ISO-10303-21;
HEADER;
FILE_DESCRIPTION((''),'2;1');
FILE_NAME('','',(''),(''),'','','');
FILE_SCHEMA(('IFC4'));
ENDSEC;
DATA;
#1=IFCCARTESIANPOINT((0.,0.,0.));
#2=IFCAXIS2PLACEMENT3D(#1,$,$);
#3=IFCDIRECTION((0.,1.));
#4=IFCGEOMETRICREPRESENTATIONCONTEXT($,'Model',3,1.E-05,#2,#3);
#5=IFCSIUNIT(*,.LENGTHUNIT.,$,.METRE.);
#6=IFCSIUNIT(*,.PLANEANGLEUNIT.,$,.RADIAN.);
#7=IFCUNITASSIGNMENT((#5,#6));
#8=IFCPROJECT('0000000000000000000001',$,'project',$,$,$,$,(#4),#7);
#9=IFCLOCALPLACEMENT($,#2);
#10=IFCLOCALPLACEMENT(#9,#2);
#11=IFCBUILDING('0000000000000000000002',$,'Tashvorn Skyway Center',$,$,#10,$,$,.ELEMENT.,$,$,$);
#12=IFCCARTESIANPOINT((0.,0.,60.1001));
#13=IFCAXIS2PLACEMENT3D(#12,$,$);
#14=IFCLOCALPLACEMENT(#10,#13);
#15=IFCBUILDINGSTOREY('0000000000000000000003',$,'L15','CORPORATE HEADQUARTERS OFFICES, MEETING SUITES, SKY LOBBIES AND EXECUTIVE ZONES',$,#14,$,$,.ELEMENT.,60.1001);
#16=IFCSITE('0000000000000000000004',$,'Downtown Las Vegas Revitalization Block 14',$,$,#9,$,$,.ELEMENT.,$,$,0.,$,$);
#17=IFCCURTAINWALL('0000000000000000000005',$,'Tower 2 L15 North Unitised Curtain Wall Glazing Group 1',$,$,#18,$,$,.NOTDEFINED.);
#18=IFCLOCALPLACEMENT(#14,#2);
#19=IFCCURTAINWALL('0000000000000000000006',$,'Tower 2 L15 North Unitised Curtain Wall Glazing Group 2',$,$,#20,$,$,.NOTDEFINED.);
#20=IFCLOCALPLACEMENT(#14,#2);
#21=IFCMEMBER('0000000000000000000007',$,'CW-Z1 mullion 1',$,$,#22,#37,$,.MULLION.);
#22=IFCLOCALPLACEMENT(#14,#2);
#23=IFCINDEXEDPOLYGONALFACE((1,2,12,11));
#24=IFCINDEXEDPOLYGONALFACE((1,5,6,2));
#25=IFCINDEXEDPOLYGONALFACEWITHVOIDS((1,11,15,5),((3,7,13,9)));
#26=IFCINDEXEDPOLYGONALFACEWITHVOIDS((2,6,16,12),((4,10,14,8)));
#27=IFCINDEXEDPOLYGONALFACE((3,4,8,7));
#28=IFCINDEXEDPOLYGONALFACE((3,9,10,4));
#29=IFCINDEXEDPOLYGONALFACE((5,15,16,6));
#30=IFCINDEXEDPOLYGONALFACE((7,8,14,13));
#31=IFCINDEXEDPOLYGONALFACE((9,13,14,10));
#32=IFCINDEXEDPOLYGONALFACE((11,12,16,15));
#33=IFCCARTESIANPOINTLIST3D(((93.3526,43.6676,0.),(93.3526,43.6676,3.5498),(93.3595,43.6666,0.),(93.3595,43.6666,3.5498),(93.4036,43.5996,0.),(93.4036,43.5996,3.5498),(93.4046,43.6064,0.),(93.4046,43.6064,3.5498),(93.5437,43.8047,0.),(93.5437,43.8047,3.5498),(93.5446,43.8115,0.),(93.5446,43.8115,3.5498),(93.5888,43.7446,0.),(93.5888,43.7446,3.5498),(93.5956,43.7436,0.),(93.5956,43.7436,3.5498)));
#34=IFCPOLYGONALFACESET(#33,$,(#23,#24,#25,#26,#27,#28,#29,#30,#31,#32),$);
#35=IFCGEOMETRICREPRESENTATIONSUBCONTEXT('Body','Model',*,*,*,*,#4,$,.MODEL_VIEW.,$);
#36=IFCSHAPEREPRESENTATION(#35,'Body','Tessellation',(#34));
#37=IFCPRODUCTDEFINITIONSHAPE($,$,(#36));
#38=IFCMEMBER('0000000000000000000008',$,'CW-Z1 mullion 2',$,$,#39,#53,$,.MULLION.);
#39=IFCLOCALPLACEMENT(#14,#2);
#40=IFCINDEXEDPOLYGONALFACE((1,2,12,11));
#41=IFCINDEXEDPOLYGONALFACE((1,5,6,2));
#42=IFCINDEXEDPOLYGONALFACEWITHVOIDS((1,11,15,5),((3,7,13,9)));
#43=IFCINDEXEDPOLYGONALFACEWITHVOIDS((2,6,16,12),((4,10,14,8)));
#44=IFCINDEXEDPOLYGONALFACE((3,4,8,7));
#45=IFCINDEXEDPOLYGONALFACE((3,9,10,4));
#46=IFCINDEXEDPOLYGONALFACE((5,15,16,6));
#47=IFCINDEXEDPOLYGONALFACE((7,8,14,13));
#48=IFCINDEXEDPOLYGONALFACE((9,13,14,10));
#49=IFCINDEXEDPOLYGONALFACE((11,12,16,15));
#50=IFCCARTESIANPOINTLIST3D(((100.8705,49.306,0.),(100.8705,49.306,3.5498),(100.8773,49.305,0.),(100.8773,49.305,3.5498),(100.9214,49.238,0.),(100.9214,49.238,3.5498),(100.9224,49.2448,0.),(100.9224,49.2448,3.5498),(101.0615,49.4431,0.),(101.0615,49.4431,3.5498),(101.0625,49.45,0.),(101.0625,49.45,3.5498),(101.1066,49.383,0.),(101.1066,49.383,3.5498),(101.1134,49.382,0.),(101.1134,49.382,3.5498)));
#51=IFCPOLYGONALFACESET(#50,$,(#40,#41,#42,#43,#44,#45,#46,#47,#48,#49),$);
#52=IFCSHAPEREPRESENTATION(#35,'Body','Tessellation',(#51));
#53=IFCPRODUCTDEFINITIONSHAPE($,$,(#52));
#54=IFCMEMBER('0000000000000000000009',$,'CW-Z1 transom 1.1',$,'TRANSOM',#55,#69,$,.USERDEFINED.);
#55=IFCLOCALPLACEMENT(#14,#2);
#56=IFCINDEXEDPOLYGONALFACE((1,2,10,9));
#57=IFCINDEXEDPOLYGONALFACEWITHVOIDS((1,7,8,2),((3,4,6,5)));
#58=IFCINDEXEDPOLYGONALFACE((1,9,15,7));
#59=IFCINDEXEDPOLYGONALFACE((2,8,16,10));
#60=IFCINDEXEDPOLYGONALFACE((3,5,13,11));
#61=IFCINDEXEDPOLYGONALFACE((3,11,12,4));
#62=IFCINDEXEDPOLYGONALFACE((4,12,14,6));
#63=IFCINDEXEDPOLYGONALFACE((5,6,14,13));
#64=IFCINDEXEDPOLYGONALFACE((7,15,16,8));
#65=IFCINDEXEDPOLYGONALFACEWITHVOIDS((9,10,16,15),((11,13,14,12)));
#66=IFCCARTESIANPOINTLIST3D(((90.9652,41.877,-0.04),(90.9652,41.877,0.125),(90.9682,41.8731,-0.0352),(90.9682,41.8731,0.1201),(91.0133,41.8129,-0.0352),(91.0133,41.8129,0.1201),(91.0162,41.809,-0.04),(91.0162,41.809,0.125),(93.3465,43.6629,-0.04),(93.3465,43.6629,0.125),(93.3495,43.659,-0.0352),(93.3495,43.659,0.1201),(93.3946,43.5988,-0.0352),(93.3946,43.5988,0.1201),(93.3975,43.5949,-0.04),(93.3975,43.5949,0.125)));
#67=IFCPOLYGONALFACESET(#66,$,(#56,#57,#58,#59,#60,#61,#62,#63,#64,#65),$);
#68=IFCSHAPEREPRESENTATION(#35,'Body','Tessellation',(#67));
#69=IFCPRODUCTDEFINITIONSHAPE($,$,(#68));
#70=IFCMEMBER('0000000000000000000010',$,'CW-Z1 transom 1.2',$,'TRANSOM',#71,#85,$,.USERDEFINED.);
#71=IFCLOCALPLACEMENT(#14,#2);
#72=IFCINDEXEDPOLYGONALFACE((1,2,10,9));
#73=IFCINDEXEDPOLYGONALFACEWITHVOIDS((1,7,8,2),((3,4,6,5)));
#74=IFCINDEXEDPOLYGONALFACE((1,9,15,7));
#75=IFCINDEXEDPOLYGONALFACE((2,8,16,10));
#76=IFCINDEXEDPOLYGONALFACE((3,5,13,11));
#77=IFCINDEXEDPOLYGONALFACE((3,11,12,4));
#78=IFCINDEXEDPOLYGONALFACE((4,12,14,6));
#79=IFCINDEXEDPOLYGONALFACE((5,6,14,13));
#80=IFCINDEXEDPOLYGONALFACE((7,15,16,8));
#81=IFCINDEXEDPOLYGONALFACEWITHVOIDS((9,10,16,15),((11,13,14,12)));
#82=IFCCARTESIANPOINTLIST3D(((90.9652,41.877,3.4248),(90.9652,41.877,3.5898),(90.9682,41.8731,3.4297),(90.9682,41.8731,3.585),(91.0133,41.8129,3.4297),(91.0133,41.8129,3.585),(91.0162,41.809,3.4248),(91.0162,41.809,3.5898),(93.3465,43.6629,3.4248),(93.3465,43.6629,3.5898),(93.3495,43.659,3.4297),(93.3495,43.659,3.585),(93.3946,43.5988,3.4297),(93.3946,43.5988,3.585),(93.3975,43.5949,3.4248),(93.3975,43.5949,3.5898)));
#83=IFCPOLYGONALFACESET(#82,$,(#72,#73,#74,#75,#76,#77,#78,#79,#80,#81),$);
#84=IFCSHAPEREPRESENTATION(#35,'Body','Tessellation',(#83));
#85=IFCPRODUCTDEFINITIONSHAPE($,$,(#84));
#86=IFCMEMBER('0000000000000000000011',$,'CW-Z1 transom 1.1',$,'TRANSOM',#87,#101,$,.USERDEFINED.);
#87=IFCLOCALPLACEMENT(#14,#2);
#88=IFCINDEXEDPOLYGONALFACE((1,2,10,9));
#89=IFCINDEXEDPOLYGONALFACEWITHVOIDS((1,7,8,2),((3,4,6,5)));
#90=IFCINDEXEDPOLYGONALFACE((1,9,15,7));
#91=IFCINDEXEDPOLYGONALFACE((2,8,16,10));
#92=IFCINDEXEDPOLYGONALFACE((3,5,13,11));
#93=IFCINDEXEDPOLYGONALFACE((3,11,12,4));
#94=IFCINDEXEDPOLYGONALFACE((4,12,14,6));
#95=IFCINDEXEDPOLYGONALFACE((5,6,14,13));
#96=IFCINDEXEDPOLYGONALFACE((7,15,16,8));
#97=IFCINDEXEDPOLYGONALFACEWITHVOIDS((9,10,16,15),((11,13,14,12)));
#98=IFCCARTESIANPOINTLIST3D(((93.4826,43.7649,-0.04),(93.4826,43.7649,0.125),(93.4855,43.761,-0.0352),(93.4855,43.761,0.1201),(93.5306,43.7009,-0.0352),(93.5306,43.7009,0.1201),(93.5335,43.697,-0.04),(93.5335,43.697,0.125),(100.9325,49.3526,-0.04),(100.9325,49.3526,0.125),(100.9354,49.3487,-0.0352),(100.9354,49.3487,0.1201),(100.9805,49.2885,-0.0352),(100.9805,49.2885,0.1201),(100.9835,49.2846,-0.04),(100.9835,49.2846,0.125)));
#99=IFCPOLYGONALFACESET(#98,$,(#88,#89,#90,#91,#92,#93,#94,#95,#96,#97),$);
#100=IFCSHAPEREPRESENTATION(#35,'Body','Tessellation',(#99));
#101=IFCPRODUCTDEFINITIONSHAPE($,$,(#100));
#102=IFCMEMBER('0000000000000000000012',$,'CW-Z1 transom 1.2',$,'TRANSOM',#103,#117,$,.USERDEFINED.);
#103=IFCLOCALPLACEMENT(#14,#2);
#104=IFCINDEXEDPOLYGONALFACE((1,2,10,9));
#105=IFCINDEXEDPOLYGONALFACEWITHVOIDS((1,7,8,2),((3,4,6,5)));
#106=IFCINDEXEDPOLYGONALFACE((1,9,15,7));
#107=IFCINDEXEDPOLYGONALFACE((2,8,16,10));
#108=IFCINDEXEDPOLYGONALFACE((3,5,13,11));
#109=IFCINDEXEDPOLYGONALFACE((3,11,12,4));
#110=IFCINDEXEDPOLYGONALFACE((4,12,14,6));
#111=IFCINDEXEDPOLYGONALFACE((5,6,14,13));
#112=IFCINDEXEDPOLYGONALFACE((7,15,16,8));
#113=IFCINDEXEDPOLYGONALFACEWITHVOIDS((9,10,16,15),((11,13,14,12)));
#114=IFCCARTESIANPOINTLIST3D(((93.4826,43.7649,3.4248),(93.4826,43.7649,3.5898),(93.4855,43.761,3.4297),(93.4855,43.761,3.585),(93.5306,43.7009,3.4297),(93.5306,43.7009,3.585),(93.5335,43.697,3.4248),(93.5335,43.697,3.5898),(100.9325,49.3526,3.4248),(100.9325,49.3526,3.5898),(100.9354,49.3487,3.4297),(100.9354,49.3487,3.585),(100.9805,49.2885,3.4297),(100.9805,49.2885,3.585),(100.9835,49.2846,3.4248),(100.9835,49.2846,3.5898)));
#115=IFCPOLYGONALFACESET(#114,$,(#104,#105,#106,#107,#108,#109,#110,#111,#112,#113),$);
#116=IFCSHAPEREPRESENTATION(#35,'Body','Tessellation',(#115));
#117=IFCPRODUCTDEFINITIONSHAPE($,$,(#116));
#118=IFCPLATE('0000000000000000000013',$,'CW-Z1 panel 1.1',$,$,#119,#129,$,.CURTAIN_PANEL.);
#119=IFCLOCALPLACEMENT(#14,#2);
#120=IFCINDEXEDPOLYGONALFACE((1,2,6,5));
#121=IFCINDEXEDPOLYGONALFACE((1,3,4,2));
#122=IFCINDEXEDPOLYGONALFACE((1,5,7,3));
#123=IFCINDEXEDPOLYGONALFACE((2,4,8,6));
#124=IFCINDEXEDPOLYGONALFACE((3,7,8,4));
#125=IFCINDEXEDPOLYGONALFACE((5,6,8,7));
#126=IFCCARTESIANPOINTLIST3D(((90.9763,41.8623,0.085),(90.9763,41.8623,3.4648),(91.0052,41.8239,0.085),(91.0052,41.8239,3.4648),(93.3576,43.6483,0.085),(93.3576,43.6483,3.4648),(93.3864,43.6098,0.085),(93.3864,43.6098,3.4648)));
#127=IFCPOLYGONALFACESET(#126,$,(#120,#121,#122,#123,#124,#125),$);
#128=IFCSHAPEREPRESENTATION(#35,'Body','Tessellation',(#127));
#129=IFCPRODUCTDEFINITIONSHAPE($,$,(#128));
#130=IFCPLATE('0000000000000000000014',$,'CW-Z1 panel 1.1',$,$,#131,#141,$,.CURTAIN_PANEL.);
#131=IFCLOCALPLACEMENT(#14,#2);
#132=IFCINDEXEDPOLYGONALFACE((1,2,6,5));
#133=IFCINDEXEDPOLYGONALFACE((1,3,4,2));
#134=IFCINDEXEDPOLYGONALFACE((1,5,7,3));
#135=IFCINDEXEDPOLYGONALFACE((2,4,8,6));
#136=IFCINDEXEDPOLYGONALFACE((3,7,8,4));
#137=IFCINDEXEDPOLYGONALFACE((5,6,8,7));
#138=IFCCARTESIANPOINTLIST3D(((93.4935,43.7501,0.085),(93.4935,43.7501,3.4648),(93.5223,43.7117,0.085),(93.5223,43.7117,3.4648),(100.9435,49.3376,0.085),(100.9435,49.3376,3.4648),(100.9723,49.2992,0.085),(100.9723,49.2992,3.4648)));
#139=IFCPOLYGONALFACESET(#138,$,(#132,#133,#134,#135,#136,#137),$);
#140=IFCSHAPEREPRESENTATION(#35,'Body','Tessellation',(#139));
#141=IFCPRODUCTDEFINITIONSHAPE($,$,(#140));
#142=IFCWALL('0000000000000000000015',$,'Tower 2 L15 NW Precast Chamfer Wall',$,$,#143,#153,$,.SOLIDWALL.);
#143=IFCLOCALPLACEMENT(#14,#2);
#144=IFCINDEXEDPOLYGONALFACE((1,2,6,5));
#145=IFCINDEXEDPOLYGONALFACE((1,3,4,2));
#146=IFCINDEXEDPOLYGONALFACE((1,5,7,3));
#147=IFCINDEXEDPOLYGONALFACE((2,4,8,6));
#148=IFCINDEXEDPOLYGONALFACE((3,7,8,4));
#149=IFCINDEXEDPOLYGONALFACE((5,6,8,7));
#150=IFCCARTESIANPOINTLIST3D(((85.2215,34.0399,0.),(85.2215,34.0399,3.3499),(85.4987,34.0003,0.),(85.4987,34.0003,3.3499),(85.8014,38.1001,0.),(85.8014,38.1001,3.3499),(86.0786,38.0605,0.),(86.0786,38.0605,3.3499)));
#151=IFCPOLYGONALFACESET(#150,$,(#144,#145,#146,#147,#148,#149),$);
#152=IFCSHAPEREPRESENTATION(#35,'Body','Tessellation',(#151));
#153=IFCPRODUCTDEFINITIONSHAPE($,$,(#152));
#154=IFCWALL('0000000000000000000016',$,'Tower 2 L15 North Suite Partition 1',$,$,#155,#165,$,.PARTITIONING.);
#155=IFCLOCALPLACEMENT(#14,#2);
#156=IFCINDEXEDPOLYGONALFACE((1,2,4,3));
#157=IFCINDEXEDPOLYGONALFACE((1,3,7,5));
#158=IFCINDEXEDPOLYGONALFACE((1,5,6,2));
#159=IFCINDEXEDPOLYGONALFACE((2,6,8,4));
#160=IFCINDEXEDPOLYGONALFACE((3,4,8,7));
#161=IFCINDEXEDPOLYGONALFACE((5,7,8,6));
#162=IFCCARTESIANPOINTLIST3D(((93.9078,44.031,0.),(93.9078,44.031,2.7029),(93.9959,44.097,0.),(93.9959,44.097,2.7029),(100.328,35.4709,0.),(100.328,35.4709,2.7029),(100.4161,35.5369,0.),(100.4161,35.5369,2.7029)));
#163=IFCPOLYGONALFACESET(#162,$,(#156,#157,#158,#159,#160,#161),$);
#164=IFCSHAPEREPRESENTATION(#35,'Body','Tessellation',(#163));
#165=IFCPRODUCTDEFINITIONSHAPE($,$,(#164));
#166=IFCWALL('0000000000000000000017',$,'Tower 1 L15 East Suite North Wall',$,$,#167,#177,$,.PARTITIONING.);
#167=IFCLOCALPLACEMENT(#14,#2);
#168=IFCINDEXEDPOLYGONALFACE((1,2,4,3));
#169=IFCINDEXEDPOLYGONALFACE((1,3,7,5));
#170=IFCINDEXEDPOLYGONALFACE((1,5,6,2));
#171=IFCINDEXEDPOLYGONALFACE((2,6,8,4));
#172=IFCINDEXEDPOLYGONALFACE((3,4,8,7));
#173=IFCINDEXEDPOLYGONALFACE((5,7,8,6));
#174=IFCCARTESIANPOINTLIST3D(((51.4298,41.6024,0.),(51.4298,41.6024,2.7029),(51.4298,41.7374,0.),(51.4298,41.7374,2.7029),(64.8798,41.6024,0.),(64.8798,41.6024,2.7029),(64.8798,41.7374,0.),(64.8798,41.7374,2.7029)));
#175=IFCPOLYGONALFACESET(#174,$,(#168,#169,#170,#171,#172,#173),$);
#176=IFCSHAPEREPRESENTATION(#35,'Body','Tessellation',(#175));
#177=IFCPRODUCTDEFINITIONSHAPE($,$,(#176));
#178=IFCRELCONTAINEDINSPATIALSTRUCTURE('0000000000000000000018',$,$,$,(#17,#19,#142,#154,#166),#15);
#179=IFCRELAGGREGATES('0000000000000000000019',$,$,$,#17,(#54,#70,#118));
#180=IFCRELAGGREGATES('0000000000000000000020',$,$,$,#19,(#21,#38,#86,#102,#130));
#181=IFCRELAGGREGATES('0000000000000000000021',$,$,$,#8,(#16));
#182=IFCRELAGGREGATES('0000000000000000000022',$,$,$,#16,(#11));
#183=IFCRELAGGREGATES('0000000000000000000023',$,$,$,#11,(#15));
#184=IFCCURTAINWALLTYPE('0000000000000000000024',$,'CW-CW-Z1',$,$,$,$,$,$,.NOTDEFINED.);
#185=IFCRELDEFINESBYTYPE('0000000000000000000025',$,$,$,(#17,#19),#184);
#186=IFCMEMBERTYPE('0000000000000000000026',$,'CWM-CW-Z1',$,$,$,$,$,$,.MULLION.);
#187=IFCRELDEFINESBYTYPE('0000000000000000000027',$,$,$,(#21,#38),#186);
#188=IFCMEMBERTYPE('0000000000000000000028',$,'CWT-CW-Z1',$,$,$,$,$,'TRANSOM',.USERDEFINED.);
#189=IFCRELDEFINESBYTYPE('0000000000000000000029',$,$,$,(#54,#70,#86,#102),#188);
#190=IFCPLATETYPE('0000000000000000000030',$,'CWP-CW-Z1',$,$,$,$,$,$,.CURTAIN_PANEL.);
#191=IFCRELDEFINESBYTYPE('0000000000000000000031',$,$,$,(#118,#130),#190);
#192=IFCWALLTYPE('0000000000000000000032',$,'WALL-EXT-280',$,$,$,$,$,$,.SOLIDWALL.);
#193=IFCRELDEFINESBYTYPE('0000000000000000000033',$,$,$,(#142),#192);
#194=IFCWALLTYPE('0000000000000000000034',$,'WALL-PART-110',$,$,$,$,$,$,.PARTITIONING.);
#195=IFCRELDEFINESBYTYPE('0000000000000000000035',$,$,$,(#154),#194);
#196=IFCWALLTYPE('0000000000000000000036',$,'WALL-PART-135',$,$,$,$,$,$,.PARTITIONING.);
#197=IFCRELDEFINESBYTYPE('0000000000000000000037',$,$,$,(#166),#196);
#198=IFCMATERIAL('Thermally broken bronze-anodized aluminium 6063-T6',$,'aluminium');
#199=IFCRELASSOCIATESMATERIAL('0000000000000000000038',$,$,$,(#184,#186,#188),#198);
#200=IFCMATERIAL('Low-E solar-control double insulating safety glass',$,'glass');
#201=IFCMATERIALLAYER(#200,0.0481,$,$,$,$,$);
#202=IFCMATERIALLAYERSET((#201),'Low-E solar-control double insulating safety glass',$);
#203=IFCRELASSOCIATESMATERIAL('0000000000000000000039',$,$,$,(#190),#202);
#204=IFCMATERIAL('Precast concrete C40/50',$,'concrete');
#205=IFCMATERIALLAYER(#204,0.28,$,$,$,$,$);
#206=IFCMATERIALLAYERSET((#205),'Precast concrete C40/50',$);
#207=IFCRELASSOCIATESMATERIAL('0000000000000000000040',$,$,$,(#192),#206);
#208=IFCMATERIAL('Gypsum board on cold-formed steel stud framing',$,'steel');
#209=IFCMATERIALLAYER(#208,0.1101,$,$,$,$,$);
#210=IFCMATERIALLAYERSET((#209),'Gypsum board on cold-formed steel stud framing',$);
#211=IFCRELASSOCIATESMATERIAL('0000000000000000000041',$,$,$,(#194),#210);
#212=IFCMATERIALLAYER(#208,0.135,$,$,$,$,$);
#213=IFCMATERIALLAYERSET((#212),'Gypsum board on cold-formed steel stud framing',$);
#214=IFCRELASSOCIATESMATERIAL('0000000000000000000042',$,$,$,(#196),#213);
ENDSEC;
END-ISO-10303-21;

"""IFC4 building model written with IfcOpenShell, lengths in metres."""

from ifc_helpers import new_model, si_unit, direction, frame, frame_2d, origin, origin_2d, place, context, subcontext, project, spatial, rectangle, hollow_rectangle, extrude, material, layer, layer_set, material_profile, profile_set, type_object, element, aggregate, save


model = new_model("IFC4")

# Units and contexts
model_context = context("Model", 3, precision=1e-05, world=origin(), true_north=direction((0.0, 1.0)))
body_context = subcontext(model_context, "Body", "Model", "MODEL_VIEW")
ifc_project = project(units=[si_unit("LENGTHUNIT", "METRE"), si_unit("PLANEANGLEUNIT", "RADIAN")], contexts=[model_context])

# Site, building, storey
site_placement = place(None, origin())
site = spatial("IfcSite", under=ifc_project, at=site_placement, Name="Downtown Las Vegas Revitalization Block 14", CompositionType="ELEMENT", RefElevation=0.0)
building_placement = place(site_placement, origin())
building = spatial("IfcBuilding", under=site, at=building_placement, Name="Tashvorn Skyway Center", CompositionType="ELEMENT")
storey_placement = place(building_placement, frame((0.0, 0.0, 60.1001)))
storey = spatial("IfcBuildingStorey", under=building, at=storey_placement, Name="L15", Description="CORPORATE HEADQUARTERS OFFICES, MEETING SUITES, SKY LOBBIES AND EXECUTIVE ZONES", CompositionType="ELEMENT", Elevation=60.1001)

# Shared definitions
ifc_material_1 = material(Name="Thermally broken bronze-anodized aluminium 6063-T6", Category="aluminium")
curtain_wall_type = type_object("IfcCurtainWallType", Name="CW-CW-Z1", PredefinedType="NOTDEFINED", material=ifc_material_1)
ifc_material_profile_1 = material_profile(ifc_material_1, hollow_rectangle(XDim=0.085, YDim=0.24, WallThickness=0.0049, at=origin_2d()), Name="ALU-MULL-85x240")
ifc_profile_set_1 = profile_set([ifc_material_profile_1], Name="Thermally broken bronze-anodized aluminium 6063-T6")
member_type_1 = type_object("IfcMemberType", Name="CWM-CW-Z1", PredefinedType="MULLION", material=ifc_profile_set_1)

# Curtain walls, members
curtain_wall_1_placement = place(storey_placement, origin())
curtain_wall_1 = element("IfcCurtainWall", 1, at=curtain_wall_1_placement, inside=storey, type_object=curtain_wall_type, Name="Tower 2 L15 North Unitised Curtain Wall Glazing Group 1", PredefinedType="NOTDEFINED")
curtain_wall_2_placement = place(storey_placement, origin())
curtain_wall_2 = element("IfcCurtainWall", 2, at=curtain_wall_2_placement, inside=storey, type_object=curtain_wall_type, Name="Tower 2 L15 North Unitised Curtain Wall Glazing Group 2", PredefinedType="NOTDEFINED")
member_1_placement = place(storey_placement, frame((93.4741, 43.7056, 0.0), z_axis=(0.0, 0.0, 1.0), x_axis=(-0.6, 0.8, 0.0)))
member_1 = element("IfcMember", 3, at=member_1_placement, type_object=member_type_1, Name="CW-Z1 mullion 1", PredefinedType="MULLION", context=body_context, shape_type="SweptSolid", body=[
    extrude(hollow_rectangle(XDim=0.085, YDim=0.24, WallThickness=0.0049, at=origin_2d()), origin(), (0.0, 0.0, 1.0), 3.5498),
])
member_2_placement = place(storey_placement, frame((100.9919, 49.344, 0.0), z_axis=(0.0, 0.0, 1.0), x_axis=(-0.6, 0.8, 0.0)))
member_2 = element("IfcMember", 4, at=member_2_placement, type_object=member_type_1, Name="CW-Z1 mullion 2", PredefinedType="MULLION", context=body_context, shape_type="SweptSolid", body=[
    extrude(hollow_rectangle(XDim=0.085, YDim=0.24, WallThickness=0.0049, at=origin_2d()), origin(), (0.0, 0.0, 1.0), 3.5498),
])

# Members
ifc_material_profile_2 = material_profile(ifc_material_1, hollow_rectangle(XDim=0.085, YDim=0.165, WallThickness=0.0049, at=origin_2d()), Name="ALU-TRAN-85x165")
ifc_profile_set_2 = profile_set([ifc_material_profile_2], Name="Thermally broken bronze-anodized aluminium 6063-T6")
member_type_2 = type_object("IfcMemberType", Name="CWT-CW-Z1", ElementType="TRANSOM", PredefinedType="USERDEFINED", material=ifc_profile_set_2)
member_3_placement = place(storey_placement, frame((90.9907, 41.843, 0.0425), z_axis=(0.80002, 0.599974, 0.0), x_axis=(-0.599974, 0.80002, 0.0)))
member_3 = element("IfcMember", 5, at=member_3_placement, type_object=member_type_2, Name="CW-Z1 transom 1.1", ObjectType="TRANSOM", PredefinedType="USERDEFINED", context=body_context, shape_type="SweptSolid", body=[
    extrude(hollow_rectangle(XDim=0.085, YDim=0.165, WallThickness=0.0049, at=origin_2d()), origin(), (0.0, 0.0, 1.0), 2.9766),
])
member_4_placement = place(storey_placement, frame((90.9907, 41.843, 3.5073), z_axis=(0.80002, 0.599974, 0.0), x_axis=(-0.599974, 0.80002, 0.0)))
member_4 = element("IfcMember", 6, at=member_4_placement, type_object=member_type_2, Name="CW-Z1 transom 1.2", ObjectType="TRANSOM", PredefinedType="USERDEFINED", context=body_context, shape_type="SweptSolid", body=[
    extrude(hollow_rectangle(XDim=0.085, YDim=0.165, WallThickness=0.0049, at=origin_2d()), origin(), (0.0, 0.0, 1.0), 2.9766),
])
member_5_placement = place(storey_placement, frame((93.5081, 43.731, 0.0425), z_axis=(0.799991, 0.600013, 0.0), x_axis=(-0.600013, 0.799991, 0.0)))
member_5 = element("IfcMember", 7, at=member_5_placement, type_object=member_type_2, Name="CW-Z1 transom 1.1", ObjectType="TRANSOM", PredefinedType="USERDEFINED", context=body_context, shape_type="SweptSolid", body=[
    extrude(hollow_rectangle(XDim=0.085, YDim=0.165, WallThickness=0.0049, at=origin_2d()), origin(), (0.0, 0.0, 1.0), 9.3125),
])
member_6_placement = place(storey_placement, frame((93.5081, 43.731, 3.5073), z_axis=(0.799991, 0.600013, 0.0), x_axis=(-0.600013, 0.799991, 0.0)))
member_6 = element("IfcMember", 8, at=member_6_placement, type_object=member_type_2, Name="CW-Z1 transom 1.2", ObjectType="TRANSOM", PredefinedType="USERDEFINED", context=body_context, shape_type="SweptSolid", body=[
    extrude(hollow_rectangle(XDim=0.085, YDim=0.165, WallThickness=0.0049, at=origin_2d()), origin(), (0.0, 0.0, 1.0), 9.3125),
])

# Plates
ifc_material_2 = material(Name="Low-E solar-control double insulating safety glass", Category="glass")
ifc_layer_1 = layer(ifc_material_2, 0.0481)
ifc_layer_set_1 = layer_set([ifc_layer_1], Name="Low-E solar-control double insulating safety glass")
plate_type = type_object("IfcPlateType", Name="CWP-CW-Z1", PredefinedType="CURTAIN_PANEL", material=ifc_layer_set_1)
plate_1_placement = place(storey_placement, frame((92.1814, 42.7361, 0.085), z_axis=(0.0, 0.0, 1.0), x_axis=(0.799996, 0.600005, 0.0)))
plate_1 = element("IfcPlate", 9, at=plate_1_placement, type_object=plate_type, Name="CW-Z1 panel 1.1", PredefinedType="CURTAIN_PANEL", context=body_context, shape_type="SweptSolid", body=[
    extrude(rectangle(XDim=2.9766, YDim=0.0481, at=origin_2d()), origin(), (0.0, 0.0, 1.0), 3.3799),
])
aggregate(curtain_wall_1, [member_3, member_4, plate_1])
plate_2_placement = place(storey_placement, frame((97.2329, 46.5247, 0.085), z_axis=(0.0, 0.0, 1.0), x_axis=(0.8, 0.6, 0.0)))
plate_2 = element("IfcPlate", 10, at=plate_2_placement, type_object=plate_type, Name="CW-Z1 panel 1.1", PredefinedType="CURTAIN_PANEL", context=body_context, shape_type="SweptSolid", body=[
    extrude(rectangle(XDim=9.3125, YDim=0.0481, at=origin_2d()), origin(), (0.0, 0.0, 1.0), 3.3799),
])
aggregate(curtain_wall_2, [member_1, member_2, member_5, member_6, plate_2])

# Walls
ifc_material_3 = material(Name="Precast concrete C40/50", Category="concrete")
ifc_layer_2 = layer(ifc_material_3, 0.28)
ifc_layer_set_2 = layer_set([ifc_layer_2], Name="Precast concrete C40/50")
wall_type_1 = type_object("IfcWallType", Name="WALL-EXT-280", PredefinedType="SOLIDWALL", material=ifc_layer_set_2)
wall_1_placement = place(storey_placement, frame((85.3601, 34.02, 0.0), z_axis=(0.0, 0.0, 1.0), x_axis=(0.14138, 0.989955, 0.0)))
element("IfcWall", 11, at=wall_1_placement, inside=storey, type_object=wall_type_1, Name="Tower 2 L15 NW Precast Chamfer Wall", PredefinedType="SOLIDWALL", context=body_context, shape_type="SweptSolid", body=[
    extrude(rectangle(XDim=4.1013, YDim=0.28, at=frame_2d((2.0508, 0.0))), origin(), (0.0, 0.0, 1.0), 3.3499),
])
ifc_material_4 = material(Name="Gypsum board on cold-formed steel stud framing", Category="steel")
ifc_layer_3 = layer(ifc_material_4, 0.1101)
ifc_layer_set_3 = layer_set([ifc_layer_3], Name="Gypsum board on cold-formed steel stud framing")
wall_type_2 = type_object("IfcWallType", Name="WALL-PART-110", PredefinedType="PARTITIONING", material=ifc_layer_set_3)
wall_2_placement = place(storey_placement, frame((100.3721, 35.5039, 0.0), z_axis=(0.0, 0.0, 1.0), x_axis=(-0.600007, 0.799995, 0.0)))
element("IfcWall", 12, at=wall_2_placement, inside=storey, type_object=wall_type_2, Name="Tower 2 L15 North Suite Partition 1", PredefinedType="PARTITIONING", context=body_context, shape_type="SweptSolid", body=[
    extrude(rectangle(XDim=10.7002, YDim=0.1101, at=frame_2d((5.3501, 0.0))), origin(), (0.0, 0.0, 1.0), 2.7029),
])
ifc_layer_4 = layer(ifc_material_4, 0.135)
ifc_layer_set_4 = layer_set([ifc_layer_4], Name="Gypsum board on cold-formed steel stud framing")
wall_type_3 = type_object("IfcWallType", Name="WALL-PART-135", PredefinedType="PARTITIONING", material=ifc_layer_set_4)
wall_3_placement = place(storey_placement, frame((64.8799, 41.6699, 0.0), z_axis=(0.0, 0.0, 1.0), x_axis=(-1.0, 0.0, 0.0)))
element("IfcWall", 13, at=wall_3_placement, inside=storey, type_object=wall_type_3, Name="Tower 1 L15 East Suite North Wall", PredefinedType="PARTITIONING", context=body_context, shape_type="SweptSolid", body=[
    extrude(rectangle(XDim=13.45, YDim=0.135, at=frame_2d((6.7251, 0.0))), origin(), (0.0, 0.0, 1.0), 2.7029),
])

save(model, "model.ifc")
